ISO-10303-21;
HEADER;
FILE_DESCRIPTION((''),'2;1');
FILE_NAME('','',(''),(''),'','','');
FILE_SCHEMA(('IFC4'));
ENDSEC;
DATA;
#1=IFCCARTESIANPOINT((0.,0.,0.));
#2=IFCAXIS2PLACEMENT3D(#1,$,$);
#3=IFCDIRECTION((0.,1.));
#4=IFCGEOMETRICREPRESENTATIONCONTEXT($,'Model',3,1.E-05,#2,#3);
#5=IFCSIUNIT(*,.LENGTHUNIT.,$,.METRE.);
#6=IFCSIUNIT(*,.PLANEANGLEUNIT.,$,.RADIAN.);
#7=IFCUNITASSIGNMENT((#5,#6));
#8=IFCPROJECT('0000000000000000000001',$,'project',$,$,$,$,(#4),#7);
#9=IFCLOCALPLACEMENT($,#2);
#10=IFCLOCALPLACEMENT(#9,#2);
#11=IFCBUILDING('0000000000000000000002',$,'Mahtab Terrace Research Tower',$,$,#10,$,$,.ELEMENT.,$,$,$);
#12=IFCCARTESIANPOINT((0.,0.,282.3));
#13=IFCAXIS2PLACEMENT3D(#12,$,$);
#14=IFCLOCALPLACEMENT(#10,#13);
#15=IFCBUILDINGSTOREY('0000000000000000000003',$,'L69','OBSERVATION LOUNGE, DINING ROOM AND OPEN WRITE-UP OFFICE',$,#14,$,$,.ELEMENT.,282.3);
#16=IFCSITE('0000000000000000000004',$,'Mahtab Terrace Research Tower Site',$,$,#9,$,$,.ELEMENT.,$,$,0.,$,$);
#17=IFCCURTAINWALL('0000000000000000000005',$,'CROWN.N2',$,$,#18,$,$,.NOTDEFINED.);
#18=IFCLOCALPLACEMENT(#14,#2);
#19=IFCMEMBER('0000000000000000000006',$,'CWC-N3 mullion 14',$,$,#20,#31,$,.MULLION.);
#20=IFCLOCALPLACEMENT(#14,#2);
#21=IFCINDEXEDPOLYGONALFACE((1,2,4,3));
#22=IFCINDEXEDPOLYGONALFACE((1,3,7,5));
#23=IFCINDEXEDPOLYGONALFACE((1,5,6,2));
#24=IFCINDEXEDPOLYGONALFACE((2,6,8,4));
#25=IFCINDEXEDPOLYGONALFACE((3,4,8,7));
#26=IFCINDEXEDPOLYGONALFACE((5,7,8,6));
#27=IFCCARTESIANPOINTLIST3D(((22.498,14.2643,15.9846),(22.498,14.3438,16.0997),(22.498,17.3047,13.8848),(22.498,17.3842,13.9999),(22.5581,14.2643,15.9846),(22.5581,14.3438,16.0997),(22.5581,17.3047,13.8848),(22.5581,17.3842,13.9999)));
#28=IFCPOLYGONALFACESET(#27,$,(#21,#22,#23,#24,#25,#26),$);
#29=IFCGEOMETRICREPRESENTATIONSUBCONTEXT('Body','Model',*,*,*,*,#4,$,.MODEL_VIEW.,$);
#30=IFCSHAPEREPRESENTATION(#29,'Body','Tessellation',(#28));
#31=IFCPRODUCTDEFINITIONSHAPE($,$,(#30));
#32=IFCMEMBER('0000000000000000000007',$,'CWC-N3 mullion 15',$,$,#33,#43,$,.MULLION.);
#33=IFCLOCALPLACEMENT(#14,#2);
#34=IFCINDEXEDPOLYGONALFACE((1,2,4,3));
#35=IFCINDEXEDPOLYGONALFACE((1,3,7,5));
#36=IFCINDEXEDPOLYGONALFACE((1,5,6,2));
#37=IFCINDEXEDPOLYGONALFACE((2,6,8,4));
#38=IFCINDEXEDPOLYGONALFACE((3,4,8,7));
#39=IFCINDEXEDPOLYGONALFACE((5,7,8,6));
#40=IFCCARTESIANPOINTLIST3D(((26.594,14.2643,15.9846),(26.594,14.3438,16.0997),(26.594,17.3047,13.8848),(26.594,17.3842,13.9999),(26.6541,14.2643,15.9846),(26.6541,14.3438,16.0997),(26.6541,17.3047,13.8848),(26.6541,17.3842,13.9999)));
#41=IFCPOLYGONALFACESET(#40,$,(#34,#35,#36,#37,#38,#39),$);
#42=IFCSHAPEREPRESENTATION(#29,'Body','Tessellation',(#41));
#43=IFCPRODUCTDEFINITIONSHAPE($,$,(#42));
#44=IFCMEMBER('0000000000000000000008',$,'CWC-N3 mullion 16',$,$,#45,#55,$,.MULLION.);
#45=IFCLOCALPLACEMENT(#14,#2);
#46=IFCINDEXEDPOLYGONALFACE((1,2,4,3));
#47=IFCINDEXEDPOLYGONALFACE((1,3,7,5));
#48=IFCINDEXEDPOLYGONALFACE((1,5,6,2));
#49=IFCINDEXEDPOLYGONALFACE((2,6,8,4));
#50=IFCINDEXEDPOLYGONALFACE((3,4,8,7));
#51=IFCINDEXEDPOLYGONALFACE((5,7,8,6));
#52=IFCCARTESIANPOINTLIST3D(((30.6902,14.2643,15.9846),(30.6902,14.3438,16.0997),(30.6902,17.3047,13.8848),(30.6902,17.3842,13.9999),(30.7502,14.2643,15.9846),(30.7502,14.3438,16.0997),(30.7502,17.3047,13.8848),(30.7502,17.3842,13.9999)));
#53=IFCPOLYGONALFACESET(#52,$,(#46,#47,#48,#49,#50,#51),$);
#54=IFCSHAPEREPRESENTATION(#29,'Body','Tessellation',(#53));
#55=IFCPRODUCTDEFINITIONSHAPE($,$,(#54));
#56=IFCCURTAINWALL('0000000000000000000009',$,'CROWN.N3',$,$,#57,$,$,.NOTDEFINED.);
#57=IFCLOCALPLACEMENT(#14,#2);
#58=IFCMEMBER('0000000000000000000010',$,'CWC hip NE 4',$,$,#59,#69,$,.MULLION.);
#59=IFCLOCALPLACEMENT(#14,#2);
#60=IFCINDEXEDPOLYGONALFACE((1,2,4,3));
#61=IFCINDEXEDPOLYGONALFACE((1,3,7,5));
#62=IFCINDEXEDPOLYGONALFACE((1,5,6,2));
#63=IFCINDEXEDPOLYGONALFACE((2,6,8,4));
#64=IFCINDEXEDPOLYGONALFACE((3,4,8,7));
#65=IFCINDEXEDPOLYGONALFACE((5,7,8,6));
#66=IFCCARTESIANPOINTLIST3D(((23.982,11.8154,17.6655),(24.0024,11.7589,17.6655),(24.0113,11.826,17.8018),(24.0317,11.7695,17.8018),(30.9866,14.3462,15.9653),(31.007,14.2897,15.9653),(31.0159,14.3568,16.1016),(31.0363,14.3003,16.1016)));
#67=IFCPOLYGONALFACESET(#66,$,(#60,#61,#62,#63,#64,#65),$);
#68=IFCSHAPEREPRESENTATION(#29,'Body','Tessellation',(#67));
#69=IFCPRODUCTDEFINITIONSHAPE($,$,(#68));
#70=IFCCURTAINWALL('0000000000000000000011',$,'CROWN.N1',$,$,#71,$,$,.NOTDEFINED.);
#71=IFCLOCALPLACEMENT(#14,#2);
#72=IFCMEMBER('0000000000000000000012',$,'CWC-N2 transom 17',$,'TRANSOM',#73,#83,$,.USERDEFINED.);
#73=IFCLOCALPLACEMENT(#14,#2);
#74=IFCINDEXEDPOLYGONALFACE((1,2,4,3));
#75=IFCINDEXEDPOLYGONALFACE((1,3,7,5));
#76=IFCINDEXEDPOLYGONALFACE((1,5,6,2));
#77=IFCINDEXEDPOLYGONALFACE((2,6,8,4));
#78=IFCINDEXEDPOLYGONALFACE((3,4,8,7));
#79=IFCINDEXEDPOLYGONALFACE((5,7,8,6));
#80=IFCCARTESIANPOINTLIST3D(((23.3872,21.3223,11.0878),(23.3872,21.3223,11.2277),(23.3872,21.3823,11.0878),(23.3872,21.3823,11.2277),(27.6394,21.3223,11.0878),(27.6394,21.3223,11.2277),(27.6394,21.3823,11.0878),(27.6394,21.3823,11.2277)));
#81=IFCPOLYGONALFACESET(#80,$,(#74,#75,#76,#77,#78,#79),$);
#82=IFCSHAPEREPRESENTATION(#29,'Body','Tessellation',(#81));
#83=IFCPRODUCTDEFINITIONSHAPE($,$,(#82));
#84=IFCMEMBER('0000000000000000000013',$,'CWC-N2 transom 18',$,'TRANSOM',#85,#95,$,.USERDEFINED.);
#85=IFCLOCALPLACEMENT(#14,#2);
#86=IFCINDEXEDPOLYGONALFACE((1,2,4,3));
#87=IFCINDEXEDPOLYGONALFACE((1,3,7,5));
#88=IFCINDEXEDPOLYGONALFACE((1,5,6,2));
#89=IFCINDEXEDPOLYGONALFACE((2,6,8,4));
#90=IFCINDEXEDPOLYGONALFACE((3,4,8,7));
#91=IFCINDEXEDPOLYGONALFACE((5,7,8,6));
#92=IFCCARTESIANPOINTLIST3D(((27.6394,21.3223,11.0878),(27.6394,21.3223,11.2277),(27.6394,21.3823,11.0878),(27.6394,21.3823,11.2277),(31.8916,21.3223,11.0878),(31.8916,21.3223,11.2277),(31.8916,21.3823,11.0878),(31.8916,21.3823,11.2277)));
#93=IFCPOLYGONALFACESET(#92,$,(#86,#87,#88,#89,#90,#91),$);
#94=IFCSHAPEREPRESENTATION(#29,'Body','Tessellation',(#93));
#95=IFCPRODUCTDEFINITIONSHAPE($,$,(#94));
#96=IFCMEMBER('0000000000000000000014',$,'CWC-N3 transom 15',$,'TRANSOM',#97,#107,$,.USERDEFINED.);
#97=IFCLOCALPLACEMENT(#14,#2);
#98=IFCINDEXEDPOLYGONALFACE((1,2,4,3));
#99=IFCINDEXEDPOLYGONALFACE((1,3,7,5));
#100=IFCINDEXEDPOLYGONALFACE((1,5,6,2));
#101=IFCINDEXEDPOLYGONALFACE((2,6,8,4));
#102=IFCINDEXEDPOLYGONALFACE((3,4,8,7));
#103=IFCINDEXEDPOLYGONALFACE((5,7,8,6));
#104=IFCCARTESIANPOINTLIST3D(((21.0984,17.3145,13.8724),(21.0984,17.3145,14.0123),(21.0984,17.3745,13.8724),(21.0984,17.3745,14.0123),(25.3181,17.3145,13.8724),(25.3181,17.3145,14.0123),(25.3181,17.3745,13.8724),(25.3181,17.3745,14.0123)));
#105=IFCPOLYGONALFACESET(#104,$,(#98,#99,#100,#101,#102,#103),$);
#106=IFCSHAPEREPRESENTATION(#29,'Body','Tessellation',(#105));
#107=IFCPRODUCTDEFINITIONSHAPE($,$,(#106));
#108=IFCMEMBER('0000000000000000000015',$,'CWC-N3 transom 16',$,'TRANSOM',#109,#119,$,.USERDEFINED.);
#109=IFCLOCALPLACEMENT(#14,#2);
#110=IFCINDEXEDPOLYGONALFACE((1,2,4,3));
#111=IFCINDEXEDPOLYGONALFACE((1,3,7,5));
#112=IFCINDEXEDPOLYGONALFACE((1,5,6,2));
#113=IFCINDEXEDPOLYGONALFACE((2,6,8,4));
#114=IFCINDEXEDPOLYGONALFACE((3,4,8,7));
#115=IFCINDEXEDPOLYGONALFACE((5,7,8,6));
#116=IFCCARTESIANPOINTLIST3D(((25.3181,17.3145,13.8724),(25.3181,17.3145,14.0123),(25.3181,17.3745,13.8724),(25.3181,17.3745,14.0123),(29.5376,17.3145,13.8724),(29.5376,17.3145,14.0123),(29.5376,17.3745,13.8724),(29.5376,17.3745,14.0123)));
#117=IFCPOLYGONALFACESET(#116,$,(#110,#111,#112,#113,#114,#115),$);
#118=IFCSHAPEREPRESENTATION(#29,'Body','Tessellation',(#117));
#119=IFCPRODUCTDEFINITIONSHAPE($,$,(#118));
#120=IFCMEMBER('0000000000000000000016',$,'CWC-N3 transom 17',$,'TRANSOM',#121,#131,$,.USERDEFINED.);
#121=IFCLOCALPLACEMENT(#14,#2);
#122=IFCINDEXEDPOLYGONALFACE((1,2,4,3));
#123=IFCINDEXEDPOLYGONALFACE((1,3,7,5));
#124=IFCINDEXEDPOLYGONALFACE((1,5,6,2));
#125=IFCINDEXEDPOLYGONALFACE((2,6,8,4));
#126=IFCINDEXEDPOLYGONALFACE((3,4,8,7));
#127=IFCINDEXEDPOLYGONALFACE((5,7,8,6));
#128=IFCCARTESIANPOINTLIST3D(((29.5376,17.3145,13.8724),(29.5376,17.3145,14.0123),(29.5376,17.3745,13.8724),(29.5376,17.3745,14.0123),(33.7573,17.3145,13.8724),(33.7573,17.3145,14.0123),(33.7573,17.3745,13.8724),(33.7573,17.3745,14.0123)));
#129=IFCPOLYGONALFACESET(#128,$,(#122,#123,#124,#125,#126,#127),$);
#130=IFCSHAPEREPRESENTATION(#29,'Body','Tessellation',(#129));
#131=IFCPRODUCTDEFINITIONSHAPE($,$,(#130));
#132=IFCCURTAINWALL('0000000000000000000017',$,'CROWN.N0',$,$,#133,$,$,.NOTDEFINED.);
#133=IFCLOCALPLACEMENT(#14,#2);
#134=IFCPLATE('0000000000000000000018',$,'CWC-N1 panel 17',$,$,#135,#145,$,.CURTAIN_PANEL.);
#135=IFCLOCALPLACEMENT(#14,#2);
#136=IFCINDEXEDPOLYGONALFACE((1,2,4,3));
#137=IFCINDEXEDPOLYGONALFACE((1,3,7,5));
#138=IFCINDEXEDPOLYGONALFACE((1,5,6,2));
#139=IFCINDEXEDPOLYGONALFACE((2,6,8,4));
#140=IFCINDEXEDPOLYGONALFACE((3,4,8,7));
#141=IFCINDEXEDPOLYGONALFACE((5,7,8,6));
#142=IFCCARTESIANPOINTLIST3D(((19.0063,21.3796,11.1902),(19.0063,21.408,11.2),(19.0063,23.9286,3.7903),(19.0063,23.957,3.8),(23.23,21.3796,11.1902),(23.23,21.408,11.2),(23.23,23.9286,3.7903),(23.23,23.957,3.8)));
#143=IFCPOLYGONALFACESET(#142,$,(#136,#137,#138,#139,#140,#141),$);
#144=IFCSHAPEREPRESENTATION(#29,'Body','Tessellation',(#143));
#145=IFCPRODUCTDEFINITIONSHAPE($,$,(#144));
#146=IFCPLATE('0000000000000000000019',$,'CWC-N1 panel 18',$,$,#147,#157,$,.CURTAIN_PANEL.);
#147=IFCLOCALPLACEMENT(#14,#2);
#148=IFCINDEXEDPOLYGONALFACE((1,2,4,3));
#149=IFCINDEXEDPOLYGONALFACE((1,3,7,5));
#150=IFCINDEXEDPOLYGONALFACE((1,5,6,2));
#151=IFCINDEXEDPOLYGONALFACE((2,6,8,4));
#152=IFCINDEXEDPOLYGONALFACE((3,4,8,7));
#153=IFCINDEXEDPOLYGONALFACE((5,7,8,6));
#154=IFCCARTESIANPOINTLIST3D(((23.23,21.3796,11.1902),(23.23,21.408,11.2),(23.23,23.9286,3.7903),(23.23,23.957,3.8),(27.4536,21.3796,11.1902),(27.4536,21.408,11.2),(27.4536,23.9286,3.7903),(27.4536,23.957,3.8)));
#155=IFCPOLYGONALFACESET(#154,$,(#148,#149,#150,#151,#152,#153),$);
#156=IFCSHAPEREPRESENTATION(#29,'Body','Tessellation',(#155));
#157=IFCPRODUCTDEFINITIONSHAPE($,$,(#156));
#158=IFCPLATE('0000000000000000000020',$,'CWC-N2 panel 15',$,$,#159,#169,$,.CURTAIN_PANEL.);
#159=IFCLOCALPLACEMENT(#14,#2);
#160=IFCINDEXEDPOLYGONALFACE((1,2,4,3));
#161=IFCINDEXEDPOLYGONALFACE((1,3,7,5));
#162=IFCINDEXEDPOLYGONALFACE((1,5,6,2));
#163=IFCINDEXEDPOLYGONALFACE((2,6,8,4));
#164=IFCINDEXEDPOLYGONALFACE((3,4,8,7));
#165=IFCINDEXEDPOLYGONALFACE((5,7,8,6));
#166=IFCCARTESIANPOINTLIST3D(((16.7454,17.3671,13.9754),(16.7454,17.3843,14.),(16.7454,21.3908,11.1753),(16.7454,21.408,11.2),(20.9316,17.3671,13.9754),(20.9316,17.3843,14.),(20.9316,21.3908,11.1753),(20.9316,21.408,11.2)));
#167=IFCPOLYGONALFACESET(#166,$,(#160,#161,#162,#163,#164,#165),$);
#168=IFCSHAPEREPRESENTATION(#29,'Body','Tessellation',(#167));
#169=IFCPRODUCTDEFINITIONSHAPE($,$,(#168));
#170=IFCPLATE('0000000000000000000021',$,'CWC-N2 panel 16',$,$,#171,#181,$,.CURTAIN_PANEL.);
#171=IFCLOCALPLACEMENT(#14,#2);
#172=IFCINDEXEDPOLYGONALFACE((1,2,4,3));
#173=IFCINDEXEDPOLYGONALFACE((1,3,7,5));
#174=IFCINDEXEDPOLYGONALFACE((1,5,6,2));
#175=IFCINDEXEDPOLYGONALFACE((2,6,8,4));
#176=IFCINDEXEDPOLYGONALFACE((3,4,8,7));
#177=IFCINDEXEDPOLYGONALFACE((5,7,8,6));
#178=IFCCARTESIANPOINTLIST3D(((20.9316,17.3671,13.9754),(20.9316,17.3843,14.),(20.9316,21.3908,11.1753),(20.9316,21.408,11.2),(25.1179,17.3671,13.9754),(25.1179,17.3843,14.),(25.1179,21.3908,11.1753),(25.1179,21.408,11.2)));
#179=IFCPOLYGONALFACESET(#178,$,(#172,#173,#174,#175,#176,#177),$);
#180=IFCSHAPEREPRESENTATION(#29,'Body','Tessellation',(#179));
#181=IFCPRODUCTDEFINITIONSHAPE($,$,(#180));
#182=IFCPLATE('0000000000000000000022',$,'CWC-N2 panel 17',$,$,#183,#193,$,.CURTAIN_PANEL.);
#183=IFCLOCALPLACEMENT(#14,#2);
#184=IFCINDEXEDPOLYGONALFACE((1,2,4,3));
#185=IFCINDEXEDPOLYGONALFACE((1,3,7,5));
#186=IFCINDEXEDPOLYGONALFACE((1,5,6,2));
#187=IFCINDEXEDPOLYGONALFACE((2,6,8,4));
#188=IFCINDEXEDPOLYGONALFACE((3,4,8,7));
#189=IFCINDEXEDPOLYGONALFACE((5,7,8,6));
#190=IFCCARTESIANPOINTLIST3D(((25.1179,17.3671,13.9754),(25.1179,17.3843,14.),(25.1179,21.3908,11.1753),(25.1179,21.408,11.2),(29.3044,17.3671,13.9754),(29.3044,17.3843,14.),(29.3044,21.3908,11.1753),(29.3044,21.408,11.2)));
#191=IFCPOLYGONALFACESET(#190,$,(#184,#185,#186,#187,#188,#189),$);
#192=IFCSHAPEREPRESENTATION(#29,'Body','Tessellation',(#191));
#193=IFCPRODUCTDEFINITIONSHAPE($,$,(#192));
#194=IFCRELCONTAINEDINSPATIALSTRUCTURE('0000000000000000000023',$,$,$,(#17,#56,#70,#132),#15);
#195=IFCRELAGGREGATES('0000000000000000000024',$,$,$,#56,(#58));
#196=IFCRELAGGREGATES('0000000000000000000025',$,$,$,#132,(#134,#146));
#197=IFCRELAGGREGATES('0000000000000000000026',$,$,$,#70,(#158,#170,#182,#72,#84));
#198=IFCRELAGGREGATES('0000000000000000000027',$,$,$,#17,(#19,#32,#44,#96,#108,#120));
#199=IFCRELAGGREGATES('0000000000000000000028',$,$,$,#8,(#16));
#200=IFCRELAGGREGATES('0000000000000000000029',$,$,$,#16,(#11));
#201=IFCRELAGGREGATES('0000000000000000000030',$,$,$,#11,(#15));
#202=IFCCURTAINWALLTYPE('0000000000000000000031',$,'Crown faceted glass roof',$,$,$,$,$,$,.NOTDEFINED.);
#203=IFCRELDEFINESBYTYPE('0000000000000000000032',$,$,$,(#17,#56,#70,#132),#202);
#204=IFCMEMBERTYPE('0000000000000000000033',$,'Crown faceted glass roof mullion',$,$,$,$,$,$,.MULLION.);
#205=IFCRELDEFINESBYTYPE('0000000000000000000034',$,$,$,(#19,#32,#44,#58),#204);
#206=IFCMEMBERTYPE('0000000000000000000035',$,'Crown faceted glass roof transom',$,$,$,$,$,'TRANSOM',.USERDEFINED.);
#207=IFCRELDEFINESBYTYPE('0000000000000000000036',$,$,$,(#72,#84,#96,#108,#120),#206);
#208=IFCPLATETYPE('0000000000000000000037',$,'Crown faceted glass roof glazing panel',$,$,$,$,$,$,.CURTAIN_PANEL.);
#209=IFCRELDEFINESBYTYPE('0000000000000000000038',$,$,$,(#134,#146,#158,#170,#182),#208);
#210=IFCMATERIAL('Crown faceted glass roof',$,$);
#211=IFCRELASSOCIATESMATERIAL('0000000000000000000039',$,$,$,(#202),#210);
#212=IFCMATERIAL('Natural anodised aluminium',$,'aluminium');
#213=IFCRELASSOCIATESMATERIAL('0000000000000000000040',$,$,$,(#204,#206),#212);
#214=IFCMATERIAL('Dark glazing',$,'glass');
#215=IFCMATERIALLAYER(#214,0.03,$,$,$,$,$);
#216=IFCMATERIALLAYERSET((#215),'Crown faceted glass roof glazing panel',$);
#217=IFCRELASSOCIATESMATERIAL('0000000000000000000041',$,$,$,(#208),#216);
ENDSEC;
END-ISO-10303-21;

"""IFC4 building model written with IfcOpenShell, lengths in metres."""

from ifc_helpers import new_model, si_unit, direction, frame, origin, origin_2d, place, context, subcontext, project, spatial, polyline, rectangle, outline, extrude, material, layer, layer_set, material_profile, profile_set, type_object, element, aggregate, save


model = new_model("IFC4")

# Units and contexts
model_context = context("Model", 3, precision=1e-05, world=origin(), true_north=direction((0.0, 1.0)))
body_context = subcontext(model_context, "Body", "Model", "MODEL_VIEW")
ifc_project = project(units=[si_unit("LENGTHUNIT", "METRE"), si_unit("PLANEANGLEUNIT", "RADIAN")], contexts=[model_context])

# Site, building, storey
site_placement = place(None, origin())
site = spatial("IfcSite", under=ifc_project, at=site_placement, Name="Mahtab Terrace Research Tower Site", CompositionType="ELEMENT", RefElevation=0.0)
building_placement = place(site_placement, origin())
building = spatial("IfcBuilding", under=site, at=building_placement, Name="Mahtab Terrace Research Tower", CompositionType="ELEMENT")
storey_placement = place(building_placement, frame((0.0, 0.0, 282.3)))
storey = spatial("IfcBuildingStorey", under=building, at=storey_placement, Name="L69", Description="OBSERVATION LOUNGE, DINING ROOM AND OPEN WRITE-UP OFFICE", CompositionType="ELEMENT", Elevation=282.3)

# Curtain wall, members
ifc_material_1 = material(Name="Crown faceted glass roof")
curtain_wall_type = type_object("IfcCurtainWallType", Name="Crown faceted glass roof", PredefinedType="NOTDEFINED", material=ifc_material_1)
curtain_wall_1_placement = place(storey_placement, origin())
curtain_wall_1 = element("IfcCurtainWall", 1, at=curtain_wall_1_placement, inside=storey, type_object=curtain_wall_type, Name="CROWN.N2", PredefinedType="NOTDEFINED")
ifc_material_2 = material(Name="Natural anodised aluminium", Category="aluminium")
ifc_material_profile_1 = material_profile(ifc_material_2, rectangle(XDim=0.0601, YDim=0.1399, at=origin_2d()), Name="MULLION 60x140")
ifc_profile_set_1 = profile_set([ifc_material_profile_1], Name="Natural anodised aluminium")
member_type_1 = type_object("IfcMemberType", Name="Crown faceted glass roof mullion", PredefinedType="MULLION", material=ifc_profile_set_1)
member_1_placement = place(storey_placement, frame((22.5281, 17.3445, 13.9424), z_axis=(0.0, -0.822841, 0.568272), x_axis=(1.0, 0.0, 0.0)))
member_1 = element("IfcMember", 2, at=member_1_placement, type_object=member_type_1, Name="CWC-N3 mullion 14", PredefinedType="MULLION", context=body_context, shape_type="SweptSolid", body=[
    extrude(rectangle(XDim=0.0601, YDim=0.1399, at=origin_2d()), origin(), (0.0, 0.0, 1.0), 3.6951),
])
member_2_placement = place(storey_placement, frame((26.624, 17.3445, 13.9424), z_axis=(0.0, -0.822841, 0.568272), x_axis=(1.0, 0.0, 0.0)))
member_2 = element("IfcMember", 3, at=member_2_placement, type_object=member_type_1, Name="CWC-N3 mullion 15", PredefinedType="MULLION", context=body_context, shape_type="SweptSolid", body=[
    extrude(rectangle(XDim=0.0601, YDim=0.1399, at=origin_2d()), origin(), (0.0, 0.0, 1.0), 3.6951),
])
member_3_placement = place(storey_placement, frame((30.7202, 17.3445, 13.9424), z_axis=(0.0, -0.822841, 0.568272), x_axis=(1.0, 0.0, 0.0)))
member_3 = element("IfcMember", 4, at=member_3_placement, type_object=member_type_1, Name="CWC-N3 mullion 16", PredefinedType="MULLION", context=body_context, shape_type="SweptSolid", body=[
    extrude(rectangle(XDim=0.0601, YDim=0.1399, at=origin_2d()), origin(), (0.0, 0.0, 1.0), 3.6951),
])

# Curtain wall, member
curtain_wall_2_placement = place(storey_placement, origin())
curtain_wall_2 = element("IfcCurtainWall", 5, at=curtain_wall_2_placement, inside=storey, type_object=curtain_wall_type, Name="CROWN.N3", PredefinedType="NOTDEFINED")
member_4_placement = place(storey_placement, frame((31.0115, 14.3232, 16.0334), z_axis=(-0.91691, -0.331278, 0.222556), x_axis=(0.3398, -0.940498, 0.0)))
member_4 = element("IfcMember", 6, at=member_4_placement, type_object=member_type_1, Name="CWC hip NE 4", PredefinedType="MULLION", context=body_context, shape_type="SweptSolid", body=[
    extrude(rectangle(XDim=0.0601, YDim=0.1399, at=origin_2d()), origin(), (0.0, 0.0, 1.0), 7.6394),
])
aggregate(curtain_wall_2, [member_4])

# Curtain wall, members
curtain_wall_3_placement = place(storey_placement, origin())
curtain_wall_3 = element("IfcCurtainWall", 7, at=curtain_wall_3_placement, inside=storey, type_object=curtain_wall_type, Name="CROWN.N1", PredefinedType="NOTDEFINED")
ifc_material_profile_2 = material_profile(ifc_material_2, rectangle(XDim=0.0601, YDim=0.1399, at=origin_2d()), Name="TRANSOM 60x140")
ifc_profile_set_2 = profile_set([ifc_material_profile_2], Name="Natural anodised aluminium")
member_type_2 = type_object("IfcMemberType", Name="Crown faceted glass roof transom", ElementType="TRANSOM", PredefinedType="USERDEFINED", material=ifc_profile_set_2)
member_5_placement = place(storey_placement, frame((23.3872, 21.3523, 11.1577), z_axis=(1.0, 0.0, 0.0), x_axis=(0.0, 1.0, 0.0)))
member_5 = element("IfcMember", 8, at=member_5_placement, type_object=member_type_2, Name="CWC-N2 transom 17", ObjectType="TRANSOM", PredefinedType="USERDEFINED", context=body_context, shape_type="SweptSolid", body=[
    extrude(rectangle(XDim=0.0601, YDim=0.1399, at=origin_2d()), origin(), (0.0, 0.0, 1.0), 4.2522),
])
member_6_placement = place(storey_placement, frame((27.6394, 21.3523, 11.1577), z_axis=(1.0, 0.0, 0.0), x_axis=(0.0, 1.0, 0.0)))
member_6 = element("IfcMember", 9, at=member_6_placement, type_object=member_type_2, Name="CWC-N2 transom 18", ObjectType="TRANSOM", PredefinedType="USERDEFINED", context=body_context, shape_type="SweptSolid", body=[
    extrude(rectangle(XDim=0.0601, YDim=0.1399, at=origin_2d()), origin(), (0.0, 0.0, 1.0), 4.2522),
])

# Members
member_7_placement = place(storey_placement, frame((21.0984, 17.3445, 13.9424), z_axis=(1.0, 0.0, 0.0), x_axis=(0.0, 1.0, 0.0)))
member_7 = element("IfcMember", 10, at=member_7_placement, type_object=member_type_2, Name="CWC-N3 transom 15", ObjectType="TRANSOM", PredefinedType="USERDEFINED", context=body_context, shape_type="SweptSolid", body=[
    extrude(rectangle(XDim=0.0601, YDim=0.1399, at=origin_2d()), origin(), (0.0, 0.0, 1.0), 4.2197),
])
member_8_placement = place(storey_placement, frame((25.3181, 17.3445, 13.9424), z_axis=(1.0, 0.0, 0.0), x_axis=(0.0, 1.0, 0.0)))
member_8 = element("IfcMember", 11, at=member_8_placement, type_object=member_type_2, Name="CWC-N3 transom 16", ObjectType="TRANSOM", PredefinedType="USERDEFINED", context=body_context, shape_type="SweptSolid", body=[
    extrude(rectangle(XDim=0.0601, YDim=0.1399, at=origin_2d()), origin(), (0.0, 0.0, 1.0), 4.2195),
])
member_9_placement = place(storey_placement, frame((29.5376, 17.3445, 13.9424), z_axis=(1.0, 0.0, 0.0), x_axis=(0.0, 1.0, 0.0)))
member_9 = element("IfcMember", 12, at=member_9_placement, type_object=member_type_2, Name="CWC-N3 transom 17", ObjectType="TRANSOM", PredefinedType="USERDEFINED", context=body_context, shape_type="SweptSolid", body=[
    extrude(rectangle(XDim=0.0601, YDim=0.1399, at=origin_2d()), origin(), (0.0, 0.0, 1.0), 4.2197),
])

# Curtain wall, plates
curtain_wall_4_placement = place(storey_placement, origin())
curtain_wall_4 = element("IfcCurtainWall", 13, at=curtain_wall_4_placement, inside=storey, type_object=curtain_wall_type, Name="CROWN.N0", PredefinedType="NOTDEFINED")
ifc_material_3 = material(Name="Dark glazing", Category="glass")
ifc_layer_1 = layer(ifc_material_3, 0.03)
ifc_layer_set_1 = layer_set([ifc_layer_1], Name="Crown faceted glass roof glazing panel")
plate_type = type_object("IfcPlateType", Name="Crown faceted glass roof glazing panel", PredefinedType="CURTAIN_PANEL", material=ifc_layer_set_1)
plate_1_placement = place(storey_placement, frame((23.23, 21.408, 11.2), z_axis=(0.0, 0.945476, 0.325692), x_axis=(0.0, 0.325692, -0.945476)))
plate_1 = element("IfcPlate", 14, at=plate_1_placement, type_object=plate_type, Name="CWC-N1 panel 17", PredefinedType="CURTAIN_PANEL", context=body_context, shape_type="SweptSolid", body=[
    extrude(outline(polyline([(0.0, 0.0), (7.8266, 0.0), (7.8266, 4.2236), (0.0, 4.2236), (0.0, 0.0)])), origin(), (0.0, 0.0, -1.0), 0.03),
])
plate_2_placement = place(storey_placement, frame((27.4536, 21.408, 11.2), z_axis=(0.0, 0.945476, 0.325692), x_axis=(0.0, 0.325692, -0.945476)))
plate_2 = element("IfcPlate", 15, at=plate_2_placement, type_object=plate_type, Name="CWC-N1 panel 18", PredefinedType="CURTAIN_PANEL", context=body_context, shape_type="SweptSolid", body=[
    extrude(outline(polyline([(0.0, 0.0), (7.8266, 0.0), (7.8266, 4.2236), (0.0, 4.2236), (0.0, 0.0)])), origin(), (0.0, 0.0, -1.0), 0.03),
])
aggregate(curtain_wall_4, [plate_1, plate_2])

# Plates
plate_3_placement = place(storey_placement, frame((20.9316, 17.3843, 14.0), z_axis=(0.0, 0.571197, 0.820813), x_axis=(0.0, 0.820813, -0.571197)))
plate_3 = element("IfcPlate", 16, at=plate_3_placement, type_object=plate_type, Name="CWC-N2 panel 15", PredefinedType="CURTAIN_PANEL", context=body_context, shape_type="SweptSolid", body=[
    extrude(outline(polyline([(0.0, 0.0), (4.9021, 0.0), (4.9021, 4.1863), (0.0, 4.1863), (0.0, 0.0)])), origin(), (0.0, 0.0, -1.0), 0.03),
])
plate_4_placement = place(storey_placement, frame((25.1179, 17.3843, 14.0), z_axis=(0.0, 0.571197, 0.820813), x_axis=(0.0, 0.820813, -0.571197)))
plate_4 = element("IfcPlate", 17, at=plate_4_placement, type_object=plate_type, Name="CWC-N2 panel 16", PredefinedType="CURTAIN_PANEL", context=body_context, shape_type="SweptSolid", body=[
    extrude(outline(polyline([(0.0, 0.0), (4.9021, 0.0), (4.9021, 4.1863), (0.0, 4.1863), (0.0, 0.0)])), origin(), (0.0, 0.0, -1.0), 0.03),
])
plate_5_placement = place(storey_placement, frame((29.3044, 17.3843, 14.0), z_axis=(0.0, 0.571197, 0.820813), x_axis=(0.0, 0.820813, -0.571197)))
plate_5 = element("IfcPlate", 18, at=plate_5_placement, type_object=plate_type, Name="CWC-N2 panel 17", PredefinedType="CURTAIN_PANEL", context=body_context, shape_type="SweptSolid", body=[
    extrude(outline(polyline([(0.0, 0.0), (4.9021, 0.0), (4.9021, 4.1865), (0.0, 4.1865), (0.0, 0.0)])), origin(), (0.0, 0.0, -1.0), 0.03),
])
aggregate(curtain_wall_3, [plate_3, plate_4, plate_5, member_5, member_6])
aggregate(curtain_wall_1, [member_1, member_2, member_3, member_7, member_8, member_9])

save(model, "model.ifc")
